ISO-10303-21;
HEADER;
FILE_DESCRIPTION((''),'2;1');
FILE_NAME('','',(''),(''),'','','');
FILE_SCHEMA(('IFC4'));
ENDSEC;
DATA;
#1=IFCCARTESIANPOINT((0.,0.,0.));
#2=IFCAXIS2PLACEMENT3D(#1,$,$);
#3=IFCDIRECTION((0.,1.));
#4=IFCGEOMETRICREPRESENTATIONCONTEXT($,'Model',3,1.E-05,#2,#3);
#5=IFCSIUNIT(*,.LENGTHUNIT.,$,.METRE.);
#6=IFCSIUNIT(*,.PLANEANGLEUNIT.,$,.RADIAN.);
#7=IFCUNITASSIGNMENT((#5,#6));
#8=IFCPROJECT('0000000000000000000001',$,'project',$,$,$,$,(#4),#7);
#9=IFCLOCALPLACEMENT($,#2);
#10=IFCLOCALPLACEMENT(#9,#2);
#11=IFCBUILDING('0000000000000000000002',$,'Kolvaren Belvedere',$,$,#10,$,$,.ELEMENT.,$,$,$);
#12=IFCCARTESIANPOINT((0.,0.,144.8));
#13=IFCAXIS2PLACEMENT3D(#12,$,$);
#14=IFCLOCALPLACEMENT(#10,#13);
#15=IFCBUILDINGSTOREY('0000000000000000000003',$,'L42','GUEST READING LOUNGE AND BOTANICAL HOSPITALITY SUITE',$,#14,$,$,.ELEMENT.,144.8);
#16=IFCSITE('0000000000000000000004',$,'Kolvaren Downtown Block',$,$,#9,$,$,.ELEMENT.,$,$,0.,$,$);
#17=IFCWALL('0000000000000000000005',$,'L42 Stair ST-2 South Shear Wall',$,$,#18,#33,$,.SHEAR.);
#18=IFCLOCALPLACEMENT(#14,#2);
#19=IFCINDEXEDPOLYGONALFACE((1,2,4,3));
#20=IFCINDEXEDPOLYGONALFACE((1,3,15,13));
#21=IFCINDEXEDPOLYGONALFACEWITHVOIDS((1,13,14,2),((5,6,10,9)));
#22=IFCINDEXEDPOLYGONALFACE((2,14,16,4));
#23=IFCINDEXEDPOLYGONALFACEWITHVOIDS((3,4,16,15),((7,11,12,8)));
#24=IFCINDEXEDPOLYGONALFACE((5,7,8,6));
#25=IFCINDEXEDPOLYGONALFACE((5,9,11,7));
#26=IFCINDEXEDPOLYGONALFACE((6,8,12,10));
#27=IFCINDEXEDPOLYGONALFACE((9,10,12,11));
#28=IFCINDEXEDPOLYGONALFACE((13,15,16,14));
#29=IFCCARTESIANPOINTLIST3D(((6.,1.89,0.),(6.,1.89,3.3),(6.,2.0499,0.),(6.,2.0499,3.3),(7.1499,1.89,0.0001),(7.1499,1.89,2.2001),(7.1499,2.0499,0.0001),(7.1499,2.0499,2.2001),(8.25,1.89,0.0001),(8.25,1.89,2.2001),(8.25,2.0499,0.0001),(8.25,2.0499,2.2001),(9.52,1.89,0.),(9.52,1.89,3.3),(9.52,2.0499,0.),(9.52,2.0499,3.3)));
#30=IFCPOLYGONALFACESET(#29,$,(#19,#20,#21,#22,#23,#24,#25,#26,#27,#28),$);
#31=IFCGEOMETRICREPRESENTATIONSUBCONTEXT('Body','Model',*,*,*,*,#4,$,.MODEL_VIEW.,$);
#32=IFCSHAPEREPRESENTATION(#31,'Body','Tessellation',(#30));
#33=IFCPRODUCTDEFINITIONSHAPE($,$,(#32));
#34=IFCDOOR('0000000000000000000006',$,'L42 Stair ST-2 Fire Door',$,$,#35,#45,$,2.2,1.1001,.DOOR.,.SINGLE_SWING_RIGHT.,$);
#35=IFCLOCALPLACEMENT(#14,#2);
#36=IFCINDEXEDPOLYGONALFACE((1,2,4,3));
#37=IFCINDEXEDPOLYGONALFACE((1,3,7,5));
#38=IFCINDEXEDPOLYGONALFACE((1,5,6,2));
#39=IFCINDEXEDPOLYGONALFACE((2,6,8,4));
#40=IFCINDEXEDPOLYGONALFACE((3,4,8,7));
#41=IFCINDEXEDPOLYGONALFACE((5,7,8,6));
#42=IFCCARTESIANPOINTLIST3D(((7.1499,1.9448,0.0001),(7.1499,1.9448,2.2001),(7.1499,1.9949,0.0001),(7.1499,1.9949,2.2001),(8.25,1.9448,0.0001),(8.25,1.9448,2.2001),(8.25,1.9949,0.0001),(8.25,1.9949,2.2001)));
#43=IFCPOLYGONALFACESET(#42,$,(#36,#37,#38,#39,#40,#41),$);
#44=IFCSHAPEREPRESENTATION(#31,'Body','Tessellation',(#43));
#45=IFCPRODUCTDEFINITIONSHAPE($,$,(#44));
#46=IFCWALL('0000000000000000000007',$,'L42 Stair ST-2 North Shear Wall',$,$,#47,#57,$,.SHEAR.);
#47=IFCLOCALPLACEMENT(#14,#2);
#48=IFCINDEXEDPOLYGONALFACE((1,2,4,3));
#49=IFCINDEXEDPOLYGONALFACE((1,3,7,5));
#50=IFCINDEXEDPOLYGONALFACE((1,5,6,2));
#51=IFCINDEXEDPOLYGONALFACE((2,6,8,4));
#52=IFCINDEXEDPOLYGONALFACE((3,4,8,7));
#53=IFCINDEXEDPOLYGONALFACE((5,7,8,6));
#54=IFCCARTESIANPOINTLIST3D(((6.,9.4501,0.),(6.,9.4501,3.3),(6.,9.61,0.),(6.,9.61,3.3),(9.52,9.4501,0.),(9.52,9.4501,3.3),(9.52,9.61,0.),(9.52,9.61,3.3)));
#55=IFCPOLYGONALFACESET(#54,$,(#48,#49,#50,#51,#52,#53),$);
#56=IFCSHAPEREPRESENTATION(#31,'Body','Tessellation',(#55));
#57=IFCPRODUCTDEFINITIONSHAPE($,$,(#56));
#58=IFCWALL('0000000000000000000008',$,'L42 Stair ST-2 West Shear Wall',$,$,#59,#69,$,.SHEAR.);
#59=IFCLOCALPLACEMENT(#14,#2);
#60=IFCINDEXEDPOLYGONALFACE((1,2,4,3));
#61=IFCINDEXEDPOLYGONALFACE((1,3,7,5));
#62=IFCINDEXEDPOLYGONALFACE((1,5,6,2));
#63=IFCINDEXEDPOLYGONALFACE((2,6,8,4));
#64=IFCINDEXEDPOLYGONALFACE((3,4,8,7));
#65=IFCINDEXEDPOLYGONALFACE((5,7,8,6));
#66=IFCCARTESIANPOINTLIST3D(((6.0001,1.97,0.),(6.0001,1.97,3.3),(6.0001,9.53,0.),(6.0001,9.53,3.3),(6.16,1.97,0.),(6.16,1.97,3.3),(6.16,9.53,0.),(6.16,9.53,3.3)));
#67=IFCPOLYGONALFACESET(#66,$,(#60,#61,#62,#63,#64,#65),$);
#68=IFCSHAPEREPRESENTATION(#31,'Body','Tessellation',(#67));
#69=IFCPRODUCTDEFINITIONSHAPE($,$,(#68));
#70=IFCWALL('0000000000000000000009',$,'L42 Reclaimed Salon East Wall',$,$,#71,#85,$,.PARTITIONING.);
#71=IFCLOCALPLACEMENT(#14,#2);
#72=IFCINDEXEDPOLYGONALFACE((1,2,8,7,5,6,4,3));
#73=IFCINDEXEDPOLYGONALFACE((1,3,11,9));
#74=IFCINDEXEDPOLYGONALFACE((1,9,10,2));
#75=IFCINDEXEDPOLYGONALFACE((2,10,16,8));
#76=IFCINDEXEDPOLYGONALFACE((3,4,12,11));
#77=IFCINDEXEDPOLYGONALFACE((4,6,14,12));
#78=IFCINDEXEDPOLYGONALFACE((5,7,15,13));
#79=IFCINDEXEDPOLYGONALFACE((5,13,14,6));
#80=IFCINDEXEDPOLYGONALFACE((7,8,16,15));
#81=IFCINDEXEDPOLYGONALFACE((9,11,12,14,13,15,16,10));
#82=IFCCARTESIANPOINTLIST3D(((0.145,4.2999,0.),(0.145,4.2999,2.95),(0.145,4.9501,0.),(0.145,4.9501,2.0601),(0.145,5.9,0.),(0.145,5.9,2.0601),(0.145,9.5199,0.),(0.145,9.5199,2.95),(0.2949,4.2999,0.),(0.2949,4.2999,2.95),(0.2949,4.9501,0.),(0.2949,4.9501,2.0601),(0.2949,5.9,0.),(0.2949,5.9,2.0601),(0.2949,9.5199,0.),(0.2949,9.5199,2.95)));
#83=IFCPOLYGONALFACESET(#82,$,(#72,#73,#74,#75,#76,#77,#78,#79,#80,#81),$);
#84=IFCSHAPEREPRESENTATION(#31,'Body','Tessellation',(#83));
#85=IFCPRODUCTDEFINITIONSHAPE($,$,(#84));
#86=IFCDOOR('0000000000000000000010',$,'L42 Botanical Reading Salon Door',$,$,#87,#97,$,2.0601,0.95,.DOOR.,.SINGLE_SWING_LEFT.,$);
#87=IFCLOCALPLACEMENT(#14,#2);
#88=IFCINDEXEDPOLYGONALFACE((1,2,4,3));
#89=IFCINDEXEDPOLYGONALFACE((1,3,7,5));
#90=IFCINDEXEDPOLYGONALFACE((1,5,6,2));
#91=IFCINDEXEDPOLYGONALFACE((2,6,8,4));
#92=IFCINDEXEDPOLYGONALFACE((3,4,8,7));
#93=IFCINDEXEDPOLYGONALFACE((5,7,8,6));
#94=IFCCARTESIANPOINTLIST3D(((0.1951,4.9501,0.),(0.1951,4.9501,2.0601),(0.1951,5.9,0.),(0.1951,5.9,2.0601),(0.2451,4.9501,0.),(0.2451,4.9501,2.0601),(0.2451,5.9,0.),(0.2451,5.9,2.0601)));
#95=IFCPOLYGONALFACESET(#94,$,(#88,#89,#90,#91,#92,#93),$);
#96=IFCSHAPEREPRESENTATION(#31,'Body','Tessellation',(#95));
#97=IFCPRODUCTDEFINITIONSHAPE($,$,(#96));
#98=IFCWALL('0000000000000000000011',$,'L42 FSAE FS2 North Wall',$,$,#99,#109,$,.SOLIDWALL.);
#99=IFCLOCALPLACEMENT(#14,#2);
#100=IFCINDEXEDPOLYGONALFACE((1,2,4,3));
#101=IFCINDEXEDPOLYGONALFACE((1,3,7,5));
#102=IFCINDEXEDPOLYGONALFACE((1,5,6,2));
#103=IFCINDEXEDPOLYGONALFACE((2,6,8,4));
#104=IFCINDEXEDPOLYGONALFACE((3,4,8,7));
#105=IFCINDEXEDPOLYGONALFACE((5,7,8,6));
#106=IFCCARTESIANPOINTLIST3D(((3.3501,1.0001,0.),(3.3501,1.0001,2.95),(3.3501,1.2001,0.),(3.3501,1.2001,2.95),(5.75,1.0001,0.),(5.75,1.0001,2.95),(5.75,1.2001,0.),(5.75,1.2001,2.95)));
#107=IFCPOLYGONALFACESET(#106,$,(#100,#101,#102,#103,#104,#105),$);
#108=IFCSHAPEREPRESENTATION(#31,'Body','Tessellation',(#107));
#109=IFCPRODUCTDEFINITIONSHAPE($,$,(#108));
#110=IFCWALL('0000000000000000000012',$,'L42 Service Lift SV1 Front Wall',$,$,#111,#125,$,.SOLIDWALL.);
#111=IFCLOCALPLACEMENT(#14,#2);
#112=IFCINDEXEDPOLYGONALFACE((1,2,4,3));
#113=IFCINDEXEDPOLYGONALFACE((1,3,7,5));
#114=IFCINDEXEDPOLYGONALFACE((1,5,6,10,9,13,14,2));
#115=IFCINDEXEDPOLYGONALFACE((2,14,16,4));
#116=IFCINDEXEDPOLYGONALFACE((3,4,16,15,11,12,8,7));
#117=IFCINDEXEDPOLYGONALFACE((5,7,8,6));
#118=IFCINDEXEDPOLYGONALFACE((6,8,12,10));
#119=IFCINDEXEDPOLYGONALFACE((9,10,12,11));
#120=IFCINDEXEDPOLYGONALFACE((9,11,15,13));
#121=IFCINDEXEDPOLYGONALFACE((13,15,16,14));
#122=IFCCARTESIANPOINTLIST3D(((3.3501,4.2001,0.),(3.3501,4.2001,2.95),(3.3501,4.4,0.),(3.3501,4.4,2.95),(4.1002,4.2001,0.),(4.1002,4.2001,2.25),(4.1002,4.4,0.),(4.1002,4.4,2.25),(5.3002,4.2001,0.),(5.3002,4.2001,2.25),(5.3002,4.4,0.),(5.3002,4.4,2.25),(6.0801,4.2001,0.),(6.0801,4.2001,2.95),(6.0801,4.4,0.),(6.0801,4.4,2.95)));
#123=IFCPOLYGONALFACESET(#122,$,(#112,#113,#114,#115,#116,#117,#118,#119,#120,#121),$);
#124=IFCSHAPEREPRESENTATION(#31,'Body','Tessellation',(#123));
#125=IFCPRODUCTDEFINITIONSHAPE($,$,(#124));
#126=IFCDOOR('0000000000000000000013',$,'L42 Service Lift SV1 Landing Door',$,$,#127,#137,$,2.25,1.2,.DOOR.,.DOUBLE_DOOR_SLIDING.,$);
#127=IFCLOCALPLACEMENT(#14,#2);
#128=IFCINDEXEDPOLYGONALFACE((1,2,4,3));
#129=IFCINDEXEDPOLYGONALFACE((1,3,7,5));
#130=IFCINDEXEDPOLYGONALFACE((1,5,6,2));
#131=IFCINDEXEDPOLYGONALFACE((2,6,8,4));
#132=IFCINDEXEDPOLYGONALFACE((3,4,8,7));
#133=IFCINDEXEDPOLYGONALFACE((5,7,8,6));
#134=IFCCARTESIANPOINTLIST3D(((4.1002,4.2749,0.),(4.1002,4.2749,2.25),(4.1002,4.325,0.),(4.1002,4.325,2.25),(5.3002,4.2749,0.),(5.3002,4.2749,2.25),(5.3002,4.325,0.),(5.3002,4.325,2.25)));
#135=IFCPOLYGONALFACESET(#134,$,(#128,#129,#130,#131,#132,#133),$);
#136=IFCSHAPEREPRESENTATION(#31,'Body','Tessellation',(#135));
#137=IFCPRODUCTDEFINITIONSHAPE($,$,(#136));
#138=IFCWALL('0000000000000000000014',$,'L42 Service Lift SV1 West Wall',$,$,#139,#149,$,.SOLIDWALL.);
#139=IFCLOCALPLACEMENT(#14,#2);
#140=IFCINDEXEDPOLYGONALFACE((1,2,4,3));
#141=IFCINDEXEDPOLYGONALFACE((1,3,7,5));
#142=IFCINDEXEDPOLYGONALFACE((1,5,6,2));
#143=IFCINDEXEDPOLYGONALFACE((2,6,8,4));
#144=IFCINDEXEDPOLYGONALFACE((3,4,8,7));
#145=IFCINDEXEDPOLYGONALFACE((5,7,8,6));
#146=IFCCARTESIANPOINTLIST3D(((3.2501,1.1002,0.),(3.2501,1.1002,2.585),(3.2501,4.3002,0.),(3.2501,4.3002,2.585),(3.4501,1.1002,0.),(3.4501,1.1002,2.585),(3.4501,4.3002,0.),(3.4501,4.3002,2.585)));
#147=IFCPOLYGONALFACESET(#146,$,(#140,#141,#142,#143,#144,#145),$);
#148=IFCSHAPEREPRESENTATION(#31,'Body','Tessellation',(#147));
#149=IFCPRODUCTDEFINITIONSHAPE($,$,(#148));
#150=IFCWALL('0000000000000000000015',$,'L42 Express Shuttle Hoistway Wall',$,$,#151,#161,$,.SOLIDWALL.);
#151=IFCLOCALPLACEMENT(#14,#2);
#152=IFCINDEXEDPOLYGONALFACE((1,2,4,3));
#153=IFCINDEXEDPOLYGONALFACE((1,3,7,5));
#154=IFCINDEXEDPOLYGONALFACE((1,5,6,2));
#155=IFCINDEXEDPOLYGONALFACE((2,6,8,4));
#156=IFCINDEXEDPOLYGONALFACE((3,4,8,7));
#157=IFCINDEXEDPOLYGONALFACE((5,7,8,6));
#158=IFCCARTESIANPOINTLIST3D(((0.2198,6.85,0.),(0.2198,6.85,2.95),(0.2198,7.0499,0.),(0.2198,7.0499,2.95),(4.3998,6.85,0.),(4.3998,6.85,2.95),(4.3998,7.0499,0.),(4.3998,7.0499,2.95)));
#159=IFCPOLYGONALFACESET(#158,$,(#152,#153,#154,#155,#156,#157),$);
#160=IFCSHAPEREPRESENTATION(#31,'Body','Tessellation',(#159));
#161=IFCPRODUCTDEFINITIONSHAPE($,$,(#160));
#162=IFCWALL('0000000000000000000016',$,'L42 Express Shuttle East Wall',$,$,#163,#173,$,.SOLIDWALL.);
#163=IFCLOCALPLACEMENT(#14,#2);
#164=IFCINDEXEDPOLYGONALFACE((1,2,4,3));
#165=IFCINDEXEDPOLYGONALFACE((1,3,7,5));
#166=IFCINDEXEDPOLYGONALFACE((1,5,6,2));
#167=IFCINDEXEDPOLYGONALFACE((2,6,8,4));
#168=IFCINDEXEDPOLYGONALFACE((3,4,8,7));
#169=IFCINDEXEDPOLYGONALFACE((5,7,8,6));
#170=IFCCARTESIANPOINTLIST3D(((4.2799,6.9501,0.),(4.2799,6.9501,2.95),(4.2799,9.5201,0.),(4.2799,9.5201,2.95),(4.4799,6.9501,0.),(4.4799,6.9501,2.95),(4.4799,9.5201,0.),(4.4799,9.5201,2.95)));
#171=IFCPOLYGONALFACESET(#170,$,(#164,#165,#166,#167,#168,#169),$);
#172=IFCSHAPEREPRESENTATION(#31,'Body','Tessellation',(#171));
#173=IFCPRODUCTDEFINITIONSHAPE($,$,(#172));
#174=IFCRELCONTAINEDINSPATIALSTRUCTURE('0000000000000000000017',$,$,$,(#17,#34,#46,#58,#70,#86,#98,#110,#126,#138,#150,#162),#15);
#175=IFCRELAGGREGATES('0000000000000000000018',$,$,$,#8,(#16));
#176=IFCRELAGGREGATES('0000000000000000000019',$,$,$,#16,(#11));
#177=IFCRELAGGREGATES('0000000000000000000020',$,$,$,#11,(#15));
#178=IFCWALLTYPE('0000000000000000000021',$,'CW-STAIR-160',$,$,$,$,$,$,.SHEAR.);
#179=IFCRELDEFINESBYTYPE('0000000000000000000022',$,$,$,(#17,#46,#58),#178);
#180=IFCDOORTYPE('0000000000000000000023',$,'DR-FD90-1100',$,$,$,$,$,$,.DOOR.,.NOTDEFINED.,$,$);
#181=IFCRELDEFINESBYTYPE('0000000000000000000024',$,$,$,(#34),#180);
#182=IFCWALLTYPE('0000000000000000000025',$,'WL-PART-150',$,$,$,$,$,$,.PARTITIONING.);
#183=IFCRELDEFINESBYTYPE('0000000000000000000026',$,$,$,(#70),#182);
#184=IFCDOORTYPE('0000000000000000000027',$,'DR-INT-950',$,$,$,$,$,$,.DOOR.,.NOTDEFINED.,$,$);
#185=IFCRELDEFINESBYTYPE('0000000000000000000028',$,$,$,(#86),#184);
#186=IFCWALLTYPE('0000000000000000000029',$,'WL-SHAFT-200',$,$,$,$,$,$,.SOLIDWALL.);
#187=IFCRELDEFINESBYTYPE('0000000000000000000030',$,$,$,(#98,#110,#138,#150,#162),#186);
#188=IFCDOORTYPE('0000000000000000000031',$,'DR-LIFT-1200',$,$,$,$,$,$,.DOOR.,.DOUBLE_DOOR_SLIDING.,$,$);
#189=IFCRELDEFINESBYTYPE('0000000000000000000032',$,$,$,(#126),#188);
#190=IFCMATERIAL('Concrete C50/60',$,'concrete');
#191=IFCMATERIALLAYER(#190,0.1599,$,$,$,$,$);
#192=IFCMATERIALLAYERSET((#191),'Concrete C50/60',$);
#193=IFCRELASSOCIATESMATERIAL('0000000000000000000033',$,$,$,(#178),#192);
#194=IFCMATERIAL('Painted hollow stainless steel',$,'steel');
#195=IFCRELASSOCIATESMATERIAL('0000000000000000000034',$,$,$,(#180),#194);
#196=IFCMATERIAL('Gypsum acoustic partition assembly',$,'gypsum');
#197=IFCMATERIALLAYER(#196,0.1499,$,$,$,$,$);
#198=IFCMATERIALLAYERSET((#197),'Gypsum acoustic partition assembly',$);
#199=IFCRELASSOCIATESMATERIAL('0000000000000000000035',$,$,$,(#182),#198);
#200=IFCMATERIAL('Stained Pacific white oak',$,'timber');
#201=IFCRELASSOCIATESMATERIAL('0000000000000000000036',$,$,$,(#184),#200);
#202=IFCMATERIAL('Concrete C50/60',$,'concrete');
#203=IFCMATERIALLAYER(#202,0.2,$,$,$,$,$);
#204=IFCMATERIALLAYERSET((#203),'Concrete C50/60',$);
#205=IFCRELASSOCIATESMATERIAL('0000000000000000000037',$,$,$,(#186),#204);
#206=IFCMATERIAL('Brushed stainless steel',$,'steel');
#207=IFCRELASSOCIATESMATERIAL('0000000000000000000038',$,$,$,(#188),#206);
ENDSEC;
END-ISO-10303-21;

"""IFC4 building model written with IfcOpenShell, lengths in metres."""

from ifc_helpers import new_model, si_unit, direction, frame, frame_2d, origin, place, context, subcontext, project, spatial, rectangle, extrude, material, layer, layer_set, type_object, element, fill, save


model = new_model("IFC4")

# Units and contexts
model_context = context("Model", 3, precision=1e-05, world=origin(), true_north=direction((0.0, 1.0)))
body_context = subcontext(model_context, "Body", "Model", "MODEL_VIEW")
ifc_project = project(units=[si_unit("LENGTHUNIT", "METRE"), si_unit("PLANEANGLEUNIT", "RADIAN")], contexts=[model_context])

# Site, building, storey
site_placement = place(None, origin())
site = spatial("IfcSite", under=ifc_project, at=site_placement, Name="Kolvaren Downtown Block", CompositionType="ELEMENT", RefElevation=0.0)
building_placement = place(site_placement, origin())
building = spatial("IfcBuilding", under=site, at=building_placement, Name="Kolvaren Belvedere", CompositionType="ELEMENT")
storey_placement = place(building_placement, frame((0.0, 0.0, 144.8)))
storey = spatial("IfcBuildingStorey", under=building, at=storey_placement, Name="L42", Description="GUEST READING LOUNGE AND BOTANICAL HOSPITALITY SUITE", CompositionType="ELEMENT", Elevation=144.8)

# Wall, opening, door
ifc_material_1 = material(Name="Concrete C50/60", Category="concrete")
ifc_layer_1 = layer(ifc_material_1, 0.1599)
ifc_layer_set_1 = layer_set([ifc_layer_1], Name="Concrete C50/60")
wall_type_1 = type_object("IfcWallType", Name="CW-STAIR-160", PredefinedType="SHEAR", material=ifc_layer_set_1)
wall_1_placement = place(storey_placement, frame((6.0, 1.97, 0.0), z_axis=(0.0, 0.0, 1.0), x_axis=(1.0, 0.0, 0.0)))
wall_1 = element("IfcWall", 1, at=wall_1_placement, inside=storey, type_object=wall_type_1, Name="L42 Stair ST-2 South Shear Wall", PredefinedType="SHEAR", context=body_context, shape_type="SweptSolid", body=[
    extrude(rectangle(XDim=3.52, YDim=0.1599, at=frame_2d((1.76, 0.0))), origin(), (0.0, 0.0, 1.0), 3.3),
])
opening_1_placement = place(wall_1_placement, frame((1.1499, 0.0, 0.0)))
opening_1 = element("IfcOpeningElement", 2, at=opening_1_placement, cuts=wall_1, PredefinedType="OPENING", context=body_context, shape_type="SweptSolid", body=[
    extrude(rectangle(XDim=1.1001, YDim=2.2, at=frame_2d((0.55, 1.1001))), frame((0.0, 0.0898, 0.0), z_axis=(0.0, -1.0, 0.0), x_axis=(1.0, 0.0, 0.0)), (0.0, 0.0, 1.0), 0.1799),
])
ifc_material_2 = material(Name="Painted hollow stainless steel", Category="steel")
door_type_1 = type_object("IfcDoorType", Name="DR-FD90-1100", OperationType="NOTDEFINED", PredefinedType="DOOR", material=ifc_material_2)
door_1_placement = place(opening_1_placement, origin())
door_1 = element("IfcDoor", 3, at=door_1_placement, inside=storey, type_object=door_type_1, Name="L42 Stair ST-2 Fire Door", OperationType="SINGLE_SWING_RIGHT", OverallHeight=2.2, OverallWidth=1.1001, PredefinedType="DOOR", context=body_context, shape_type="SweptSolid", body=[
    extrude(rectangle(XDim=1.1001, YDim=2.2, at=frame_2d((0.55, 1.1001))), frame((0.0, 0.0249, 0.0), z_axis=(0.0, -1.0, 0.0), x_axis=(1.0, 0.0, 0.0)), (0.0, 0.0, 1.0), 0.05),
])
fill(opening_1, door_1)

# Walls
wall_2_placement = place(storey_placement, frame((6.0, 9.53, 0.0), z_axis=(0.0, 0.0, 1.0), x_axis=(1.0, 0.0, 0.0)))
element("IfcWall", 4, at=wall_2_placement, inside=storey, type_object=wall_type_1, Name="L42 Stair ST-2 North Shear Wall", PredefinedType="SHEAR", context=body_context, shape_type="SweptSolid", body=[
    extrude(rectangle(XDim=3.52, YDim=0.1599, at=frame_2d((1.76, 0.0))), origin(), (0.0, 0.0, 1.0), 3.3),
])
wall_3_placement = place(storey_placement, frame((6.0801, 1.97, 0.0), z_axis=(0.0, 0.0, 1.0), x_axis=(0.0, 1.0, 0.0)))
element("IfcWall", 5, at=wall_3_placement, inside=storey, type_object=wall_type_1, Name="L42 Stair ST-2 West Shear Wall", PredefinedType="SHEAR", context=body_context, shape_type="SweptSolid", body=[
    extrude(rectangle(XDim=7.5601, YDim=0.1599, at=frame_2d((3.78, 0.0))), origin(), (0.0, 0.0, 1.0), 3.3),
])

# Wall, opening, door
ifc_material_3 = material(Name="Gypsum acoustic partition assembly", Category="gypsum")
ifc_layer_2 = layer(ifc_material_3, 0.1499)
ifc_layer_set_2 = layer_set([ifc_layer_2], Name="Gypsum acoustic partition assembly")
wall_type_2 = type_object("IfcWallType", Name="WL-PART-150", PredefinedType="PARTITIONING", material=ifc_layer_set_2)
wall_4_placement = place(storey_placement, frame((0.22, 4.3, 0.0), z_axis=(0.0, 0.0, 1.0), x_axis=(0.0, 1.0, 0.0)))
wall_4 = element("IfcWall", 6, at=wall_4_placement, inside=storey, type_object=wall_type_2, Name="L42 Reclaimed Salon East Wall", PredefinedType="PARTITIONING", context=body_context, shape_type="SweptSolid", body=[
    extrude(rectangle(XDim=5.22, YDim=0.1499, at=frame_2d((2.6099, 0.0))), origin(), (0.0, 0.0, 1.0), 2.95),
])
opening_2_placement = place(wall_4_placement, frame((0.6499, 0.0, 0.0)))
opening_2 = element("IfcOpeningElement", 7, at=opening_2_placement, cuts=wall_4, PredefinedType="OPENING", context=body_context, shape_type="SweptSolid", body=[
    extrude(rectangle(XDim=0.95, YDim=2.0601, at=frame_2d((0.4751, 1.03))), frame((0.0, 0.085, 0.0), z_axis=(0.0, -1.0, 0.0), x_axis=(1.0, 0.0, 0.0)), (0.0, 0.0, 1.0), 0.1699),
])
ifc_material_4 = material(Name="Stained Pacific white oak", Category="timber")
door_type_2 = type_object("IfcDoorType", Name="DR-INT-950", OperationType="NOTDEFINED", PredefinedType="DOOR", material=ifc_material_4)
door_2_placement = place(opening_2_placement, origin())
door_2 = element("IfcDoor", 8, at=door_2_placement, inside=storey, type_object=door_type_2, Name="L42 Botanical Reading Salon Door", OperationType="SINGLE_SWING_LEFT", OverallHeight=2.0601, OverallWidth=0.95, PredefinedType="DOOR", context=body_context, shape_type="SweptSolid", body=[
    extrude(rectangle(XDim=0.95, YDim=2.0601, at=frame_2d((0.4751, 1.03))), frame((0.0, 0.0249, 0.0), z_axis=(0.0, -1.0, 0.0), x_axis=(1.0, 0.0, 0.0)), (0.0, 0.0, 1.0), 0.05),
])
fill(opening_2, door_2)

# Wall
ifc_material_5 = material(Name="Concrete C50/60", Category="concrete")
ifc_layer_3 = layer(ifc_material_5, 0.2)
ifc_layer_set_3 = layer_set([ifc_layer_3], Name="Concrete C50/60")
wall_type_3 = type_object("IfcWallType", Name="WL-SHAFT-200", PredefinedType="SOLIDWALL", material=ifc_layer_set_3)
wall_5_placement = place(storey_placement, frame((3.3501, 1.1001, 0.0), z_axis=(0.0, 0.0, 1.0), x_axis=(1.0, 0.0, 0.0)))
element("IfcWall", 9, at=wall_5_placement, inside=storey, type_object=wall_type_3, Name="L42 FSAE FS2 North Wall", PredefinedType="SOLIDWALL", context=body_context, shape_type="SweptSolid", body=[
    extrude(rectangle(XDim=2.3999, YDim=0.2, at=frame_2d((1.2, 0.0))), origin(), (0.0, 0.0, 1.0), 2.95),
])

# Wall, opening, door
wall_6_placement = place(storey_placement, frame((3.3501, 4.3, 0.0), z_axis=(0.0, 0.0, 1.0), x_axis=(1.0, 0.0, 0.0)))
wall_6 = element("IfcWall", 10, at=wall_6_placement, inside=storey, type_object=wall_type_3, Name="L42 Service Lift SV1 Front Wall", PredefinedType="SOLIDWALL", context=body_context, shape_type="SweptSolid", body=[
    extrude(rectangle(XDim=2.73, YDim=0.2, at=frame_2d((1.365, 0.0))), origin(), (0.0, 0.0, 1.0), 2.95),
])
opening_3_placement = place(wall_6_placement, frame((0.75, 0.0, 0.0)))
opening_3 = element("IfcOpeningElement", 11, at=opening_3_placement, cuts=wall_6, PredefinedType="OPENING", context=body_context, shape_type="SweptSolid", body=[
    extrude(rectangle(XDim=1.2, YDim=2.25, at=frame_2d((0.6001, 1.125))), frame((0.0, 0.1099, 0.0), z_axis=(0.0, -1.0, 0.0), x_axis=(1.0, 0.0, 0.0)), (0.0, 0.0, 1.0), 0.22),
])
ifc_material_6 = material(Name="Brushed stainless steel", Category="steel")
door_type_3 = type_object("IfcDoorType", Name="DR-LIFT-1200", OperationType="DOUBLE_DOOR_SLIDING", PredefinedType="DOOR", material=ifc_material_6)
door_3_placement = place(opening_3_placement, origin())
door_3 = element("IfcDoor", 12, at=door_3_placement, inside=storey, type_object=door_type_3, Name="L42 Service Lift SV1 Landing Door", OperationType="DOUBLE_DOOR_SLIDING", OverallHeight=2.25, OverallWidth=1.2, PredefinedType="DOOR", context=body_context, shape_type="SweptSolid", body=[
    extrude(rectangle(XDim=1.2, YDim=2.25, at=frame_2d((0.6001, 1.125))), frame((0.0, 0.0249, 0.0), z_axis=(0.0, -1.0, 0.0), x_axis=(1.0, 0.0, 0.0)), (0.0, 0.0, 1.0), 0.05),
])
fill(opening_3, door_3)

# Walls
wall_7_placement = place(storey_placement, frame((3.3501, 1.1001, 0.0), z_axis=(0.0, 0.0, 1.0), x_axis=(0.0, 1.0, 0.0)))
element("IfcWall", 13, at=wall_7_placement, inside=storey, type_object=wall_type_3, Name="L42 Service Lift SV1 West Wall", PredefinedType="SOLIDWALL", context=body_context, shape_type="SweptSolid", body=[
    extrude(rectangle(XDim=3.2, YDim=0.2, at=frame_2d((1.6001, 0.0))), origin(), (0.0, 0.0, 1.0), 2.585),
])
wall_8_placement = place(storey_placement, frame((0.22, 6.95, 0.0), z_axis=(0.0, 0.0, 1.0), x_axis=(1.0, 0.0, 0.0)))
element("IfcWall", 14, at=wall_8_placement, inside=storey, type_object=wall_type_3, Name="L42 Express Shuttle Hoistway Wall", PredefinedType="SOLIDWALL", context=body_context, shape_type="SweptSolid", body=[
    extrude(rectangle(XDim=4.1799, YDim=0.2, at=frame_2d((2.0898, 0.0))), origin(), (0.0, 0.0, 1.0), 2.95),
])
for number, where, z_axis, x_axis, name in (
    (15, (4.3799, 6.95, 0.0), (0.0, 0.0, 1.0), (0.0, 1.0, 0.0), "L42 Express Shuttle East Wall"),
):
    element("IfcWall", number, at=place(storey_placement, frame(where, z_axis=z_axis, x_axis=x_axis)), inside=storey, type_object=wall_type_3, Name=name, PredefinedType="SOLIDWALL", context=body_context, shape_type="SweptSolid", body=[
        extrude(rectangle(XDim=2.5701, YDim=0.2, at=frame_2d((1.2852, 0.0))), origin(), (0.0, 0.0, 1.0), 2.95),
    ])

save(model, "model.ifc")
